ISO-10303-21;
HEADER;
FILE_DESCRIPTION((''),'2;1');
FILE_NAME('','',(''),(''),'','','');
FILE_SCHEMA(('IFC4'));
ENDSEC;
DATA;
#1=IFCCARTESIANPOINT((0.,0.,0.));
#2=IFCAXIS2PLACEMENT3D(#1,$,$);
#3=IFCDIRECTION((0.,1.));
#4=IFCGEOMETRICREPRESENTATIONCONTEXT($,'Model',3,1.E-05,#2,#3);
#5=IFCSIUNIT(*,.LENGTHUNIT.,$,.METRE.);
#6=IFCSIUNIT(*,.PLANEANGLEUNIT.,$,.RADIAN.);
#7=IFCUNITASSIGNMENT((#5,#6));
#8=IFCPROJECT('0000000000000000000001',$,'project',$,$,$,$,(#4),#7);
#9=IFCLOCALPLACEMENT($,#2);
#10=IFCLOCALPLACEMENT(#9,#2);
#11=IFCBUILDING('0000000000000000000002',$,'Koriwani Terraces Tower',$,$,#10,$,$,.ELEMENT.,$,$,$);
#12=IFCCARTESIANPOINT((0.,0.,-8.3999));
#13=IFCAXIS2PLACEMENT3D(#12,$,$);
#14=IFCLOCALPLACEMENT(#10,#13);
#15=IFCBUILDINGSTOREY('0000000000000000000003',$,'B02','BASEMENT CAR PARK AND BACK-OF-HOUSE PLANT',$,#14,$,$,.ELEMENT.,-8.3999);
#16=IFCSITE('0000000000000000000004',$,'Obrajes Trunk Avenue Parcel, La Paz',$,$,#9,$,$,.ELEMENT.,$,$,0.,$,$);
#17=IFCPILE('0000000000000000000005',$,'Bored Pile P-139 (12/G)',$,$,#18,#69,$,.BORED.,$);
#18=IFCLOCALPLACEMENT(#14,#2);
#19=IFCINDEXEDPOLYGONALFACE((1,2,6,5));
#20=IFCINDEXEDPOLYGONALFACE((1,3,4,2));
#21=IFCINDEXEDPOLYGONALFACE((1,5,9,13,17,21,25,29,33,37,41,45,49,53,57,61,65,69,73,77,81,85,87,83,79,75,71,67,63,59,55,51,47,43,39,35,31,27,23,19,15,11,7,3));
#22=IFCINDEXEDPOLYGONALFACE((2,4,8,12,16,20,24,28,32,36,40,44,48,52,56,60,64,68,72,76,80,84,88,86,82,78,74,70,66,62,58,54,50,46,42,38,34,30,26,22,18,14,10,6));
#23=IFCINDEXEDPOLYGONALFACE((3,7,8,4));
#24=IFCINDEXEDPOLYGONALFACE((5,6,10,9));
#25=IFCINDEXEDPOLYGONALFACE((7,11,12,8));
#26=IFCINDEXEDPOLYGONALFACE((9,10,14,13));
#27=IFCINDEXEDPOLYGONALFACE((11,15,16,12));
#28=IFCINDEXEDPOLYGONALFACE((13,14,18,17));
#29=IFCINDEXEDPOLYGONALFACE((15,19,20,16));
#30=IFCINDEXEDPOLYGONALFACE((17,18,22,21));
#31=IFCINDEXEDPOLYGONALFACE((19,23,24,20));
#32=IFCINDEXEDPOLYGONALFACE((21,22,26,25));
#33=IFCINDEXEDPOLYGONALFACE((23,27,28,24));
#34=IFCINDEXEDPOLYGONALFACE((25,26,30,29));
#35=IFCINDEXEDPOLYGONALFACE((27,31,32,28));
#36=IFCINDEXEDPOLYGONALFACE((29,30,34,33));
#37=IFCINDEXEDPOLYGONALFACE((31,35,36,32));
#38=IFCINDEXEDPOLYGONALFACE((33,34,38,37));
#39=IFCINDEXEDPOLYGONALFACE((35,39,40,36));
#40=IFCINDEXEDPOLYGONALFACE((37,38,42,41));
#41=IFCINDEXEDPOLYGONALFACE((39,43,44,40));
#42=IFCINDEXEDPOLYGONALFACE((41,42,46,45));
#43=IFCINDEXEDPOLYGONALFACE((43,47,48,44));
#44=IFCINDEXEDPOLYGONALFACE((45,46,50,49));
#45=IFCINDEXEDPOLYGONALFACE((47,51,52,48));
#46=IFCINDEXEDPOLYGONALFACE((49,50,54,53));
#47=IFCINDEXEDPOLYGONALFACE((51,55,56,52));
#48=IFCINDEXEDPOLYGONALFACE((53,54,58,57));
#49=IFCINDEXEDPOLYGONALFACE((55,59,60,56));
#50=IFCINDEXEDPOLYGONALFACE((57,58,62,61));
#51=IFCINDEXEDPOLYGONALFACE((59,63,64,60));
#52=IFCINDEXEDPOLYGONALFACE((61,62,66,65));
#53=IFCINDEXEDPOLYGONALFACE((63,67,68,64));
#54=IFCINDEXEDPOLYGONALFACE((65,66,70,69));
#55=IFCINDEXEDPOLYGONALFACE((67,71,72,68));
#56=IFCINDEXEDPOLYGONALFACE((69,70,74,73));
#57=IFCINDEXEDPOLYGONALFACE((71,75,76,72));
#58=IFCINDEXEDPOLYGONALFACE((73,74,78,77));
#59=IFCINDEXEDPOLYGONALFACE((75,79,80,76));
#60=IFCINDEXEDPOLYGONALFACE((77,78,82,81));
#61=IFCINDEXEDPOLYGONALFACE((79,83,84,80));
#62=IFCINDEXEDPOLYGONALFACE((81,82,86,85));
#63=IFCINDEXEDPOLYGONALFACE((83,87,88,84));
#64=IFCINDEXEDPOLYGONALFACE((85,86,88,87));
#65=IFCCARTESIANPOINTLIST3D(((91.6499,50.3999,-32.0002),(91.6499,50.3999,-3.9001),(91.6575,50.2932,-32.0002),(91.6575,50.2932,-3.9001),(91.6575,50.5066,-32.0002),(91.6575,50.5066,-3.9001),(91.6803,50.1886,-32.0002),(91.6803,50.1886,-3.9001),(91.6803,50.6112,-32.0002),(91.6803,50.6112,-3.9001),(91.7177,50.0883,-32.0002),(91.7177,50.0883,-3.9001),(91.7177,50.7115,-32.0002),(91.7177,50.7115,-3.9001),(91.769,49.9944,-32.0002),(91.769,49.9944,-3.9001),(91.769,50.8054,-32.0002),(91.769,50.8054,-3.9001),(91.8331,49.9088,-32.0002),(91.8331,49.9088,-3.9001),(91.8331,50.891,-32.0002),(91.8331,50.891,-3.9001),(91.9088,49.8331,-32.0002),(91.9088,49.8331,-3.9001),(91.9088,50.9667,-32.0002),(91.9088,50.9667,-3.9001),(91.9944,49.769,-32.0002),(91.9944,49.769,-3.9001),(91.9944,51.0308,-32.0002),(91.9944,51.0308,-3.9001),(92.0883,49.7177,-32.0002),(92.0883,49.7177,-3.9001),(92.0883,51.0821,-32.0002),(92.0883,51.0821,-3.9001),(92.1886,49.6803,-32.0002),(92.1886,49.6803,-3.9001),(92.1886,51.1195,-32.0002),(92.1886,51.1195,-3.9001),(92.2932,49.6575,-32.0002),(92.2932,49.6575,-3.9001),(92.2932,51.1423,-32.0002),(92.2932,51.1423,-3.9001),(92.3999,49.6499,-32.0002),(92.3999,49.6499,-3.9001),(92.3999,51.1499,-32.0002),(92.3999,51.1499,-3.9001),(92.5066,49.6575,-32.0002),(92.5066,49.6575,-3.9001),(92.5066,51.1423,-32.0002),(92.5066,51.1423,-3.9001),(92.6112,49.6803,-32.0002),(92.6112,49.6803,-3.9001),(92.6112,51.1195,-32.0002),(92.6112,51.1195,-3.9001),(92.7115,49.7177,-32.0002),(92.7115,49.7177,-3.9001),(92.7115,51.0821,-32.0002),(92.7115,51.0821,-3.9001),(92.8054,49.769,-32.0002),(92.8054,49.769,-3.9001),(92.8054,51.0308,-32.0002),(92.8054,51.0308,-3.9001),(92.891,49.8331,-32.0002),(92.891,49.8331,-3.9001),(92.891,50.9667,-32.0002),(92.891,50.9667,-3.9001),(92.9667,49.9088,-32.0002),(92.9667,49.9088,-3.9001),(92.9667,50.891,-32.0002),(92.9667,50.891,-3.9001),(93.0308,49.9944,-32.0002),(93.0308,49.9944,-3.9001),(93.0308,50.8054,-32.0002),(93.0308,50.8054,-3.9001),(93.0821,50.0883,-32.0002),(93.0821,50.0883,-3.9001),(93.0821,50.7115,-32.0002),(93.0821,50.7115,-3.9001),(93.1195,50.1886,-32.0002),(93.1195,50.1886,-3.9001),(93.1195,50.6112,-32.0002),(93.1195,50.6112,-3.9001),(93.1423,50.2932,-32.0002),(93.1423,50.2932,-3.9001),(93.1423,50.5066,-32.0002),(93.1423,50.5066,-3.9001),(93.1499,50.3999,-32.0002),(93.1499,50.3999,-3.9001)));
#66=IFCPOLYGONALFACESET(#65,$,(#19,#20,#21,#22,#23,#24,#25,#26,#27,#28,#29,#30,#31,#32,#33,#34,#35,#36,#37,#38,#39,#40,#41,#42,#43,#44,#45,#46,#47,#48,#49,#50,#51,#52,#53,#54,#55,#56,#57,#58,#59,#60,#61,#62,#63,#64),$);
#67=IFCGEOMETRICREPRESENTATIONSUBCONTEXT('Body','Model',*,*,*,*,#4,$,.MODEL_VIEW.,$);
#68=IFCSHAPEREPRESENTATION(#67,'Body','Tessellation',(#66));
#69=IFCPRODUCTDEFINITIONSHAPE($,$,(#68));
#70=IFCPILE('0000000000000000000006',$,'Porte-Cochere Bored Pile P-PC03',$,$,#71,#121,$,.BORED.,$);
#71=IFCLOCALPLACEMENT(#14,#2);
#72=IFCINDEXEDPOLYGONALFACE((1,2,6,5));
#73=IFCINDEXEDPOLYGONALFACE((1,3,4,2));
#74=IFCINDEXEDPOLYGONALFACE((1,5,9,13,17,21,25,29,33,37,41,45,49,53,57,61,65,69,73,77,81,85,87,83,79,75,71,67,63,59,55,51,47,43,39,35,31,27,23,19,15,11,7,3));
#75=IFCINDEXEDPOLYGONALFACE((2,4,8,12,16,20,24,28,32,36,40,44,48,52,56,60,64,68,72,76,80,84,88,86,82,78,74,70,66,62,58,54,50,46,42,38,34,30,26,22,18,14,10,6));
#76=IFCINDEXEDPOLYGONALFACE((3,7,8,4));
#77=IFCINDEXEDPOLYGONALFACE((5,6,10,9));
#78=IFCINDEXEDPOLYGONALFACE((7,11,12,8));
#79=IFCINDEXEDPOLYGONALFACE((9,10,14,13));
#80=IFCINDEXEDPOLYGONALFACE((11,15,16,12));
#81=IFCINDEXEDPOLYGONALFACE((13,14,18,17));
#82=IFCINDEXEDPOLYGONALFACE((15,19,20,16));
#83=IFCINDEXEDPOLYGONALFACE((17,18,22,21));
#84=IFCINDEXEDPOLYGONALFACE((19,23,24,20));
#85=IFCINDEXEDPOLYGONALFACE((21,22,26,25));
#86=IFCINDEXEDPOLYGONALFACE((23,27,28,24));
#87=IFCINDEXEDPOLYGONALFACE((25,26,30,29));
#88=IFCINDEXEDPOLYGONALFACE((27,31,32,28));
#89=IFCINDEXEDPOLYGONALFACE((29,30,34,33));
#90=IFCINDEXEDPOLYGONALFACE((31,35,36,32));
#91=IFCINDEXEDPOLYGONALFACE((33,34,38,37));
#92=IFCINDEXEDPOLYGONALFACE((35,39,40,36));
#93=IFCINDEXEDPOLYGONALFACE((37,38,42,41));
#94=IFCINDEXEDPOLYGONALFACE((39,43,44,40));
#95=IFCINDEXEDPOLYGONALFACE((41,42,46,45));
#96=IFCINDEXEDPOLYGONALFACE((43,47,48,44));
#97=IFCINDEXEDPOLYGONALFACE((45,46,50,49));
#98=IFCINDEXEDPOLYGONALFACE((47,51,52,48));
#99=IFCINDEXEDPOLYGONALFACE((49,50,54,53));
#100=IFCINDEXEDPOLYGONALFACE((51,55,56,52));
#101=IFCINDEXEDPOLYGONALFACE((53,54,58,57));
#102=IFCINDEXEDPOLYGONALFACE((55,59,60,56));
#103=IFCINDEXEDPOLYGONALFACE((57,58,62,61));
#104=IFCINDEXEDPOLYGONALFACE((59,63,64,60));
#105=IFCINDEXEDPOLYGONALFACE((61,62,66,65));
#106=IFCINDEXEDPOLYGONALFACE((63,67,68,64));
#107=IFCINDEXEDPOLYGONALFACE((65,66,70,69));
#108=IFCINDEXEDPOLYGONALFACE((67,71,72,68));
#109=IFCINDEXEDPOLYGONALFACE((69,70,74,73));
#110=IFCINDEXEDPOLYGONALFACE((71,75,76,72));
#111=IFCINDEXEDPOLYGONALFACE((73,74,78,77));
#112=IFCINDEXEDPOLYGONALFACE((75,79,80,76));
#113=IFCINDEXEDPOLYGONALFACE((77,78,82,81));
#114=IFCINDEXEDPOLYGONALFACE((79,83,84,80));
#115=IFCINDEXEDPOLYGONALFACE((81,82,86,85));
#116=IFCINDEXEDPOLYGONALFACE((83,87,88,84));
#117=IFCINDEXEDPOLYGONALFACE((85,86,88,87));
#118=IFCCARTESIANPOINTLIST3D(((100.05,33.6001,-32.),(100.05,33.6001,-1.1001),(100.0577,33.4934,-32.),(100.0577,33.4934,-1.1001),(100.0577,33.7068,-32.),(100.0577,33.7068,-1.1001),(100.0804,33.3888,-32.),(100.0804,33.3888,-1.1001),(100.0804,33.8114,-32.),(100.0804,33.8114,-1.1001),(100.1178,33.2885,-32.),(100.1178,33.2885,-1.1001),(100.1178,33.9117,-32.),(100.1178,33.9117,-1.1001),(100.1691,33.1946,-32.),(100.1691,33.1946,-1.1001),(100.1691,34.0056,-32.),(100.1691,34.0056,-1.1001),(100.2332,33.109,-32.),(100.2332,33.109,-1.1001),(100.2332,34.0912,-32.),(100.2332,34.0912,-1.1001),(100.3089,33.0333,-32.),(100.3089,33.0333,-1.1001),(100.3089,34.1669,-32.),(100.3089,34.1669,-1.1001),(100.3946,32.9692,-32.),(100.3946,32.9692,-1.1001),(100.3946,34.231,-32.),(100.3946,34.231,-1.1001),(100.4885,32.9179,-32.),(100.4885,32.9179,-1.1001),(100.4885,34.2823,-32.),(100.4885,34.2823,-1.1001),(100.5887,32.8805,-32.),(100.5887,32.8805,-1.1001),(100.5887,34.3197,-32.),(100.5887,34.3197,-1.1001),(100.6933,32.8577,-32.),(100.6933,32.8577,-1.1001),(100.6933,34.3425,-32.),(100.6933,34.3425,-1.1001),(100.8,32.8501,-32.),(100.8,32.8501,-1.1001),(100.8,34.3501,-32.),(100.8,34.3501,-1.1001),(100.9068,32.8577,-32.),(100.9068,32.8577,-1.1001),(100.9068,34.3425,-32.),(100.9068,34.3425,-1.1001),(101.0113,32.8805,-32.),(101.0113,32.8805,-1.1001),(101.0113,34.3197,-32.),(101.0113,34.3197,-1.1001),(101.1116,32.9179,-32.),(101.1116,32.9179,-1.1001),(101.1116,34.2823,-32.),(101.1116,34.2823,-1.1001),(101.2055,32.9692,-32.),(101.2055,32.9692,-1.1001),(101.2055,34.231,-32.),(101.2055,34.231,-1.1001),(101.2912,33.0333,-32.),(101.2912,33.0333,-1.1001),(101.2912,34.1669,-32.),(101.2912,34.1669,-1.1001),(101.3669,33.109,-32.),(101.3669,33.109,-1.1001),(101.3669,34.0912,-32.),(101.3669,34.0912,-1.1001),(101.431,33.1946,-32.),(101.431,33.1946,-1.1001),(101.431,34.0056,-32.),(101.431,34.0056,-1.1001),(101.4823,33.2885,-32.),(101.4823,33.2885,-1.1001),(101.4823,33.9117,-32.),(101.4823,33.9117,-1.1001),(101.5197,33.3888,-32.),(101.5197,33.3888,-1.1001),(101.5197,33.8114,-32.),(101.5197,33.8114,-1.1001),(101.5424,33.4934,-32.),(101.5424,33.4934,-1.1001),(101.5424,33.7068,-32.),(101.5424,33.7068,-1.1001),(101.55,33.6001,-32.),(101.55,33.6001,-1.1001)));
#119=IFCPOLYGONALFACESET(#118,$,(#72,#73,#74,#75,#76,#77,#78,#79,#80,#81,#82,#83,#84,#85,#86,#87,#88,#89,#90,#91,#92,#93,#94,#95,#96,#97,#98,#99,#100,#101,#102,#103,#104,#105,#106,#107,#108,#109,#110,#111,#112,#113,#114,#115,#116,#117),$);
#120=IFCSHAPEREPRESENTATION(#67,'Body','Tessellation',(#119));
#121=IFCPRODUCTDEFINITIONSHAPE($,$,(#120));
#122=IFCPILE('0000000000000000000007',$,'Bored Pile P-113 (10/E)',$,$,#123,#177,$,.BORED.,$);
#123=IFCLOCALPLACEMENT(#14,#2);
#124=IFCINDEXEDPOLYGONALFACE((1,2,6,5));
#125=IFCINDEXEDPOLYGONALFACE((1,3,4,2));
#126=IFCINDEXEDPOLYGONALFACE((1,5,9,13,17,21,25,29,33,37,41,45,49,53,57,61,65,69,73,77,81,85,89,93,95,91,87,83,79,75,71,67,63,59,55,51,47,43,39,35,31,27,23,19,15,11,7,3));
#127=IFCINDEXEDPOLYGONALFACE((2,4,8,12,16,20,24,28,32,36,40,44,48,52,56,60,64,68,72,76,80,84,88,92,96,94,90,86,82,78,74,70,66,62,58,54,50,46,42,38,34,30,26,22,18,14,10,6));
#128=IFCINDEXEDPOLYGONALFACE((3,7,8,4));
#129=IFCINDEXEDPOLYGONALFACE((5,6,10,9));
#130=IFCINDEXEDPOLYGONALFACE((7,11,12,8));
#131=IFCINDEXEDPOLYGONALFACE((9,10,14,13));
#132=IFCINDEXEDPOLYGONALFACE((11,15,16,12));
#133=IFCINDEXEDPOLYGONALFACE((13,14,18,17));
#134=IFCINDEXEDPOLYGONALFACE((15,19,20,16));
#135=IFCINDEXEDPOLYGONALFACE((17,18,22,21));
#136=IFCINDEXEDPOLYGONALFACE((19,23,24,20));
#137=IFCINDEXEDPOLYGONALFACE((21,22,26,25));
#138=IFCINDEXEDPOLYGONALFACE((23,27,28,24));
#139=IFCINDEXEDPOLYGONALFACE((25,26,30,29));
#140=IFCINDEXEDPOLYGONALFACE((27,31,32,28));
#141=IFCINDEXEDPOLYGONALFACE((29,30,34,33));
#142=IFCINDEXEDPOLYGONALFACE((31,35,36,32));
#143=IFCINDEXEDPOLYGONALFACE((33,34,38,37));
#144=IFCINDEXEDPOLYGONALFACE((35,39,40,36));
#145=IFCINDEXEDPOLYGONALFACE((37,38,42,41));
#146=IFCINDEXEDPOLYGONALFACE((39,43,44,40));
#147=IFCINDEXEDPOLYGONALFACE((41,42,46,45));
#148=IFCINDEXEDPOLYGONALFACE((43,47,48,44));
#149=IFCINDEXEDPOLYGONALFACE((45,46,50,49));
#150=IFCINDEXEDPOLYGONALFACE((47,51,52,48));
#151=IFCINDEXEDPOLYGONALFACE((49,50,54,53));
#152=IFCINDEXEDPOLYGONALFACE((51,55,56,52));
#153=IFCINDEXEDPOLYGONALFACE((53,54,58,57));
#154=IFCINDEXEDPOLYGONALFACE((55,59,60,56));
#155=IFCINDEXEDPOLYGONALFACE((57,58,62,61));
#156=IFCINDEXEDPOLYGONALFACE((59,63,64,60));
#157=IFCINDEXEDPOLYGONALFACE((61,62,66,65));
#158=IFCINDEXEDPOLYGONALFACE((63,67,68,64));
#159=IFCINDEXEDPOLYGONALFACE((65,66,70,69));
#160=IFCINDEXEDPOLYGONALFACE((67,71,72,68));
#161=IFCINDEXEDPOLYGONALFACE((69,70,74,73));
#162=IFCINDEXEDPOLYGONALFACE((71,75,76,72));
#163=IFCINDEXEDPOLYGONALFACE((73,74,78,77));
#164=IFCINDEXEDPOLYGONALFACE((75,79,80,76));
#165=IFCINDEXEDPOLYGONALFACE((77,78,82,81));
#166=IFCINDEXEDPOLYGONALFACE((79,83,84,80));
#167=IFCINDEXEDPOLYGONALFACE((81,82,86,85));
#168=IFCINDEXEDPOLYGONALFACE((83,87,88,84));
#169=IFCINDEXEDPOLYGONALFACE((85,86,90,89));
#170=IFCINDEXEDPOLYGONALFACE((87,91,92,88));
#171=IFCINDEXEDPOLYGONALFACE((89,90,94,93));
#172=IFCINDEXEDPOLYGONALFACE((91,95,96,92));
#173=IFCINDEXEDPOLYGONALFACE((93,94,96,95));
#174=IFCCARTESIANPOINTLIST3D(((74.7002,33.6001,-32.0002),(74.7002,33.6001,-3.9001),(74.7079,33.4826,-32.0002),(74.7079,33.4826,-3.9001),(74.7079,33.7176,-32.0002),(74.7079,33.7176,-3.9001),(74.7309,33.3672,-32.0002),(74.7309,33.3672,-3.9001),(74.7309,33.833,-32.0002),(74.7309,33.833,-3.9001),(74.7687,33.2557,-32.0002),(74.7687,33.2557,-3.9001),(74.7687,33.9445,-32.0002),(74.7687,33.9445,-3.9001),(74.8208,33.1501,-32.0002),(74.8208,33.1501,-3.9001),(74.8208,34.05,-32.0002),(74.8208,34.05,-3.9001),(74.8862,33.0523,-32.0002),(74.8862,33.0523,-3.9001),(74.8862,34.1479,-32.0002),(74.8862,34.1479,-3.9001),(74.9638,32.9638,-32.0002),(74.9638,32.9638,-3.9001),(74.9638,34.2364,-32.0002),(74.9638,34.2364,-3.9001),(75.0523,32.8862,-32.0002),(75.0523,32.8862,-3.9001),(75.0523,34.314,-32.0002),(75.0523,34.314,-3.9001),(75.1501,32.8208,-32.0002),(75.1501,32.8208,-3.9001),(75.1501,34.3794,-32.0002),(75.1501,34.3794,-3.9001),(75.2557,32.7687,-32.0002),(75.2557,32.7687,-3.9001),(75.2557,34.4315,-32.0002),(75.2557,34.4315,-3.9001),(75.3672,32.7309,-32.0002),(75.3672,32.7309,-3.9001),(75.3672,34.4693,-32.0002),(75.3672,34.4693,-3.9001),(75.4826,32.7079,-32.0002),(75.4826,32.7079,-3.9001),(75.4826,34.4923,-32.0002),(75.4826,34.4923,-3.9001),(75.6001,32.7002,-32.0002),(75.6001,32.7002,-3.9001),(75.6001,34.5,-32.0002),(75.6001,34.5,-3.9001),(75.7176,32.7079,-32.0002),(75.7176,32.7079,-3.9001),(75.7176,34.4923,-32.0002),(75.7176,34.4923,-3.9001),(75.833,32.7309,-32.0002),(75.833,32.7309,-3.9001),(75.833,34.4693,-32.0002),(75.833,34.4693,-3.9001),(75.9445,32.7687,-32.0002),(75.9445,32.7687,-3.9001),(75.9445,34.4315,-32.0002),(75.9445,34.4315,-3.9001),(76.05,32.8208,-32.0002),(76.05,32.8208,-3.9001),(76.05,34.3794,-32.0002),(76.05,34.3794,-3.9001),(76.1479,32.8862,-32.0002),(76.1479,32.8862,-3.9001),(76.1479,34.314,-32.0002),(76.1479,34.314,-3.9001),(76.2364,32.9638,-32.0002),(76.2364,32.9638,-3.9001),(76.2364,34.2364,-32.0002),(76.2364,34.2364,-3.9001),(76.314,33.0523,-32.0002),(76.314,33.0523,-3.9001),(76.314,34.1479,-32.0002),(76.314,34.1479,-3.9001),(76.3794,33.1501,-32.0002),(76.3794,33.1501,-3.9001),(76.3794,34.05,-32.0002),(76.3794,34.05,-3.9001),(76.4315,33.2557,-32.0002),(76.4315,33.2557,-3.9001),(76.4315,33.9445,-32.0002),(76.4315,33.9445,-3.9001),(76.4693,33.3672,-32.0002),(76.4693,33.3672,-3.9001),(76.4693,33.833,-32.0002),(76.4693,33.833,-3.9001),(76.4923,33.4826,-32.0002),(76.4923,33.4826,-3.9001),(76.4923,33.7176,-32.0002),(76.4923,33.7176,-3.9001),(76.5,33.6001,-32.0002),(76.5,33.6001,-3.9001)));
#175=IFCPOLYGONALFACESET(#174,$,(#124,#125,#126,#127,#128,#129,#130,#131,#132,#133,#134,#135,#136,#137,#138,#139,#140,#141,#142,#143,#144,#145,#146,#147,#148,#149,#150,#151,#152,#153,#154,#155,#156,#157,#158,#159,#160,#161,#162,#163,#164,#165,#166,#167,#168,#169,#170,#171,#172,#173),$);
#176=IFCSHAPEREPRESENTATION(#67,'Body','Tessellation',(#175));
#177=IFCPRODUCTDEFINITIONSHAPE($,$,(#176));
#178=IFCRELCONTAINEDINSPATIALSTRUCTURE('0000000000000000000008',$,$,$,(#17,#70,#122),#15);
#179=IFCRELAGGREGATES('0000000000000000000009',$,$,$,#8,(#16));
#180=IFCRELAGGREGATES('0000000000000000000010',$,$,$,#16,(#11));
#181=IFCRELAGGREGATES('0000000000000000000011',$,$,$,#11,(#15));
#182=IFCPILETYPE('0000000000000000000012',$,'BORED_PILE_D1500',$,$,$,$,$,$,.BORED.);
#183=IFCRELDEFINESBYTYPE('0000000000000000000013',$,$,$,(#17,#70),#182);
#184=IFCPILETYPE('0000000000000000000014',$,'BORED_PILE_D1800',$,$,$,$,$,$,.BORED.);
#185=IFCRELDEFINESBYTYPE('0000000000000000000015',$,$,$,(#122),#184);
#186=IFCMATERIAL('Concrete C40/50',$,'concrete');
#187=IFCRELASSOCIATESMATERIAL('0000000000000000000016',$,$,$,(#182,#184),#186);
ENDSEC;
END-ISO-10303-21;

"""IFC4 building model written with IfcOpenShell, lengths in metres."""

from ifc_helpers import new_model, si_unit, direction, frame, origin, origin_2d, place, context, subcontext, project, spatial, circle, extrude, material, material_profile, profile_set, type_object, element, save


model = new_model("IFC4")

# Units and contexts
model_context = context("Model", 3, precision=1e-05, world=origin(), true_north=direction((0.0, 1.0)))
body_context = subcontext(model_context, "Body", "Model", "MODEL_VIEW")
ifc_project = project(units=[si_unit("LENGTHUNIT", "METRE"), si_unit("PLANEANGLEUNIT", "RADIAN")], contexts=[model_context])

# Site, building, storey
site_placement = place(None, origin())
site = spatial("IfcSite", under=ifc_project, at=site_placement, Name="Obrajes Trunk Avenue Parcel, La Paz", CompositionType="ELEMENT", RefElevation=0.0)
building_placement = place(site_placement, origin())
building = spatial("IfcBuilding", under=site, at=building_placement, Name="Koriwani Terraces Tower", CompositionType="ELEMENT")
storey_placement = place(building_placement, frame((0.0, 0.0, -8.3999)))
storey = spatial("IfcBuildingStorey", under=building, at=storey_placement, Name="B02", Description="BASEMENT CAR PARK AND BACK-OF-HOUSE PLANT", CompositionType="ELEMENT", Elevation=-8.3999)

# Piles
ifc_material_1 = material(Name="Concrete C40/50", Category="concrete")
ifc_material_profile_1 = material_profile(ifc_material_1, circle(Radius=0.75, at=origin_2d()), Name="Concrete C40/50")
ifc_profile_set_1 = profile_set([ifc_material_profile_1], Name="Concrete C40/50")
pile_type_1 = type_object("IfcPileType", Name="BORED_PILE_D1500", PredefinedType="BORED", material=ifc_profile_set_1)
for number, where, z_axis, x_axis, name in (
    (1, (92.3999, 50.3999, -3.9001), (0.0, 0.0, -1.0), (1.0, 0.0, 0.0), "Bored Pile P-139 (12/G)"),
):
    element("IfcPile", number, at=place(storey_placement, frame(where, z_axis=z_axis, x_axis=x_axis)), inside=storey, type_object=pile_type_1, Name=name, PredefinedType="BORED", context=body_context, shape_type="SweptSolid", body=[
        extrude(circle(Radius=0.75, at=origin_2d()), origin(), (0.0, 0.0, 1.0), 28.1001),
    ])
pile_placement = place(storey_placement, frame((100.8, 33.6001, -1.1001), z_axis=(0.0, 0.0, -1.0), x_axis=(1.0, 0.0, 0.0)))
element("IfcPile", 2, at=pile_placement, inside=storey, type_object=pile_type_1, Name="Porte-Cochere Bored Pile P-PC03", PredefinedType="BORED", context=body_context, shape_type="SweptSolid", body=[
    extrude(circle(Radius=0.75, at=origin_2d()), origin(), (0.0, 0.0, 1.0), 30.8999),
])
ifc_material_profile_2 = material_profile(ifc_material_1, circle(Radius=0.8999, at=origin_2d()), Name="Concrete C40/50")
ifc_profile_set_2 = profile_set([ifc_material_profile_2], Name="Concrete C40/50")
pile_type_2 = type_object("IfcPileType", Name="BORED_PILE_D1800", PredefinedType="BORED", material=ifc_profile_set_2)
for number, where, z_axis, x_axis, name in (
    (3, (75.6001, 33.6001, -3.9001), (0.0, 0.0, -1.0), (1.0, 0.0, 0.0), "Bored Pile P-113 (10/E)"),
):
    element("IfcPile", number, at=place(storey_placement, frame(where, z_axis=z_axis, x_axis=x_axis)), inside=storey, type_object=pile_type_2, Name=name, PredefinedType="BORED", context=body_context, shape_type="SweptSolid", body=[
        extrude(circle(Radius=0.8999, at=origin_2d()), origin(), (0.0, 0.0, 1.0), 28.1001),
    ])

save(model, "model.ifc")
